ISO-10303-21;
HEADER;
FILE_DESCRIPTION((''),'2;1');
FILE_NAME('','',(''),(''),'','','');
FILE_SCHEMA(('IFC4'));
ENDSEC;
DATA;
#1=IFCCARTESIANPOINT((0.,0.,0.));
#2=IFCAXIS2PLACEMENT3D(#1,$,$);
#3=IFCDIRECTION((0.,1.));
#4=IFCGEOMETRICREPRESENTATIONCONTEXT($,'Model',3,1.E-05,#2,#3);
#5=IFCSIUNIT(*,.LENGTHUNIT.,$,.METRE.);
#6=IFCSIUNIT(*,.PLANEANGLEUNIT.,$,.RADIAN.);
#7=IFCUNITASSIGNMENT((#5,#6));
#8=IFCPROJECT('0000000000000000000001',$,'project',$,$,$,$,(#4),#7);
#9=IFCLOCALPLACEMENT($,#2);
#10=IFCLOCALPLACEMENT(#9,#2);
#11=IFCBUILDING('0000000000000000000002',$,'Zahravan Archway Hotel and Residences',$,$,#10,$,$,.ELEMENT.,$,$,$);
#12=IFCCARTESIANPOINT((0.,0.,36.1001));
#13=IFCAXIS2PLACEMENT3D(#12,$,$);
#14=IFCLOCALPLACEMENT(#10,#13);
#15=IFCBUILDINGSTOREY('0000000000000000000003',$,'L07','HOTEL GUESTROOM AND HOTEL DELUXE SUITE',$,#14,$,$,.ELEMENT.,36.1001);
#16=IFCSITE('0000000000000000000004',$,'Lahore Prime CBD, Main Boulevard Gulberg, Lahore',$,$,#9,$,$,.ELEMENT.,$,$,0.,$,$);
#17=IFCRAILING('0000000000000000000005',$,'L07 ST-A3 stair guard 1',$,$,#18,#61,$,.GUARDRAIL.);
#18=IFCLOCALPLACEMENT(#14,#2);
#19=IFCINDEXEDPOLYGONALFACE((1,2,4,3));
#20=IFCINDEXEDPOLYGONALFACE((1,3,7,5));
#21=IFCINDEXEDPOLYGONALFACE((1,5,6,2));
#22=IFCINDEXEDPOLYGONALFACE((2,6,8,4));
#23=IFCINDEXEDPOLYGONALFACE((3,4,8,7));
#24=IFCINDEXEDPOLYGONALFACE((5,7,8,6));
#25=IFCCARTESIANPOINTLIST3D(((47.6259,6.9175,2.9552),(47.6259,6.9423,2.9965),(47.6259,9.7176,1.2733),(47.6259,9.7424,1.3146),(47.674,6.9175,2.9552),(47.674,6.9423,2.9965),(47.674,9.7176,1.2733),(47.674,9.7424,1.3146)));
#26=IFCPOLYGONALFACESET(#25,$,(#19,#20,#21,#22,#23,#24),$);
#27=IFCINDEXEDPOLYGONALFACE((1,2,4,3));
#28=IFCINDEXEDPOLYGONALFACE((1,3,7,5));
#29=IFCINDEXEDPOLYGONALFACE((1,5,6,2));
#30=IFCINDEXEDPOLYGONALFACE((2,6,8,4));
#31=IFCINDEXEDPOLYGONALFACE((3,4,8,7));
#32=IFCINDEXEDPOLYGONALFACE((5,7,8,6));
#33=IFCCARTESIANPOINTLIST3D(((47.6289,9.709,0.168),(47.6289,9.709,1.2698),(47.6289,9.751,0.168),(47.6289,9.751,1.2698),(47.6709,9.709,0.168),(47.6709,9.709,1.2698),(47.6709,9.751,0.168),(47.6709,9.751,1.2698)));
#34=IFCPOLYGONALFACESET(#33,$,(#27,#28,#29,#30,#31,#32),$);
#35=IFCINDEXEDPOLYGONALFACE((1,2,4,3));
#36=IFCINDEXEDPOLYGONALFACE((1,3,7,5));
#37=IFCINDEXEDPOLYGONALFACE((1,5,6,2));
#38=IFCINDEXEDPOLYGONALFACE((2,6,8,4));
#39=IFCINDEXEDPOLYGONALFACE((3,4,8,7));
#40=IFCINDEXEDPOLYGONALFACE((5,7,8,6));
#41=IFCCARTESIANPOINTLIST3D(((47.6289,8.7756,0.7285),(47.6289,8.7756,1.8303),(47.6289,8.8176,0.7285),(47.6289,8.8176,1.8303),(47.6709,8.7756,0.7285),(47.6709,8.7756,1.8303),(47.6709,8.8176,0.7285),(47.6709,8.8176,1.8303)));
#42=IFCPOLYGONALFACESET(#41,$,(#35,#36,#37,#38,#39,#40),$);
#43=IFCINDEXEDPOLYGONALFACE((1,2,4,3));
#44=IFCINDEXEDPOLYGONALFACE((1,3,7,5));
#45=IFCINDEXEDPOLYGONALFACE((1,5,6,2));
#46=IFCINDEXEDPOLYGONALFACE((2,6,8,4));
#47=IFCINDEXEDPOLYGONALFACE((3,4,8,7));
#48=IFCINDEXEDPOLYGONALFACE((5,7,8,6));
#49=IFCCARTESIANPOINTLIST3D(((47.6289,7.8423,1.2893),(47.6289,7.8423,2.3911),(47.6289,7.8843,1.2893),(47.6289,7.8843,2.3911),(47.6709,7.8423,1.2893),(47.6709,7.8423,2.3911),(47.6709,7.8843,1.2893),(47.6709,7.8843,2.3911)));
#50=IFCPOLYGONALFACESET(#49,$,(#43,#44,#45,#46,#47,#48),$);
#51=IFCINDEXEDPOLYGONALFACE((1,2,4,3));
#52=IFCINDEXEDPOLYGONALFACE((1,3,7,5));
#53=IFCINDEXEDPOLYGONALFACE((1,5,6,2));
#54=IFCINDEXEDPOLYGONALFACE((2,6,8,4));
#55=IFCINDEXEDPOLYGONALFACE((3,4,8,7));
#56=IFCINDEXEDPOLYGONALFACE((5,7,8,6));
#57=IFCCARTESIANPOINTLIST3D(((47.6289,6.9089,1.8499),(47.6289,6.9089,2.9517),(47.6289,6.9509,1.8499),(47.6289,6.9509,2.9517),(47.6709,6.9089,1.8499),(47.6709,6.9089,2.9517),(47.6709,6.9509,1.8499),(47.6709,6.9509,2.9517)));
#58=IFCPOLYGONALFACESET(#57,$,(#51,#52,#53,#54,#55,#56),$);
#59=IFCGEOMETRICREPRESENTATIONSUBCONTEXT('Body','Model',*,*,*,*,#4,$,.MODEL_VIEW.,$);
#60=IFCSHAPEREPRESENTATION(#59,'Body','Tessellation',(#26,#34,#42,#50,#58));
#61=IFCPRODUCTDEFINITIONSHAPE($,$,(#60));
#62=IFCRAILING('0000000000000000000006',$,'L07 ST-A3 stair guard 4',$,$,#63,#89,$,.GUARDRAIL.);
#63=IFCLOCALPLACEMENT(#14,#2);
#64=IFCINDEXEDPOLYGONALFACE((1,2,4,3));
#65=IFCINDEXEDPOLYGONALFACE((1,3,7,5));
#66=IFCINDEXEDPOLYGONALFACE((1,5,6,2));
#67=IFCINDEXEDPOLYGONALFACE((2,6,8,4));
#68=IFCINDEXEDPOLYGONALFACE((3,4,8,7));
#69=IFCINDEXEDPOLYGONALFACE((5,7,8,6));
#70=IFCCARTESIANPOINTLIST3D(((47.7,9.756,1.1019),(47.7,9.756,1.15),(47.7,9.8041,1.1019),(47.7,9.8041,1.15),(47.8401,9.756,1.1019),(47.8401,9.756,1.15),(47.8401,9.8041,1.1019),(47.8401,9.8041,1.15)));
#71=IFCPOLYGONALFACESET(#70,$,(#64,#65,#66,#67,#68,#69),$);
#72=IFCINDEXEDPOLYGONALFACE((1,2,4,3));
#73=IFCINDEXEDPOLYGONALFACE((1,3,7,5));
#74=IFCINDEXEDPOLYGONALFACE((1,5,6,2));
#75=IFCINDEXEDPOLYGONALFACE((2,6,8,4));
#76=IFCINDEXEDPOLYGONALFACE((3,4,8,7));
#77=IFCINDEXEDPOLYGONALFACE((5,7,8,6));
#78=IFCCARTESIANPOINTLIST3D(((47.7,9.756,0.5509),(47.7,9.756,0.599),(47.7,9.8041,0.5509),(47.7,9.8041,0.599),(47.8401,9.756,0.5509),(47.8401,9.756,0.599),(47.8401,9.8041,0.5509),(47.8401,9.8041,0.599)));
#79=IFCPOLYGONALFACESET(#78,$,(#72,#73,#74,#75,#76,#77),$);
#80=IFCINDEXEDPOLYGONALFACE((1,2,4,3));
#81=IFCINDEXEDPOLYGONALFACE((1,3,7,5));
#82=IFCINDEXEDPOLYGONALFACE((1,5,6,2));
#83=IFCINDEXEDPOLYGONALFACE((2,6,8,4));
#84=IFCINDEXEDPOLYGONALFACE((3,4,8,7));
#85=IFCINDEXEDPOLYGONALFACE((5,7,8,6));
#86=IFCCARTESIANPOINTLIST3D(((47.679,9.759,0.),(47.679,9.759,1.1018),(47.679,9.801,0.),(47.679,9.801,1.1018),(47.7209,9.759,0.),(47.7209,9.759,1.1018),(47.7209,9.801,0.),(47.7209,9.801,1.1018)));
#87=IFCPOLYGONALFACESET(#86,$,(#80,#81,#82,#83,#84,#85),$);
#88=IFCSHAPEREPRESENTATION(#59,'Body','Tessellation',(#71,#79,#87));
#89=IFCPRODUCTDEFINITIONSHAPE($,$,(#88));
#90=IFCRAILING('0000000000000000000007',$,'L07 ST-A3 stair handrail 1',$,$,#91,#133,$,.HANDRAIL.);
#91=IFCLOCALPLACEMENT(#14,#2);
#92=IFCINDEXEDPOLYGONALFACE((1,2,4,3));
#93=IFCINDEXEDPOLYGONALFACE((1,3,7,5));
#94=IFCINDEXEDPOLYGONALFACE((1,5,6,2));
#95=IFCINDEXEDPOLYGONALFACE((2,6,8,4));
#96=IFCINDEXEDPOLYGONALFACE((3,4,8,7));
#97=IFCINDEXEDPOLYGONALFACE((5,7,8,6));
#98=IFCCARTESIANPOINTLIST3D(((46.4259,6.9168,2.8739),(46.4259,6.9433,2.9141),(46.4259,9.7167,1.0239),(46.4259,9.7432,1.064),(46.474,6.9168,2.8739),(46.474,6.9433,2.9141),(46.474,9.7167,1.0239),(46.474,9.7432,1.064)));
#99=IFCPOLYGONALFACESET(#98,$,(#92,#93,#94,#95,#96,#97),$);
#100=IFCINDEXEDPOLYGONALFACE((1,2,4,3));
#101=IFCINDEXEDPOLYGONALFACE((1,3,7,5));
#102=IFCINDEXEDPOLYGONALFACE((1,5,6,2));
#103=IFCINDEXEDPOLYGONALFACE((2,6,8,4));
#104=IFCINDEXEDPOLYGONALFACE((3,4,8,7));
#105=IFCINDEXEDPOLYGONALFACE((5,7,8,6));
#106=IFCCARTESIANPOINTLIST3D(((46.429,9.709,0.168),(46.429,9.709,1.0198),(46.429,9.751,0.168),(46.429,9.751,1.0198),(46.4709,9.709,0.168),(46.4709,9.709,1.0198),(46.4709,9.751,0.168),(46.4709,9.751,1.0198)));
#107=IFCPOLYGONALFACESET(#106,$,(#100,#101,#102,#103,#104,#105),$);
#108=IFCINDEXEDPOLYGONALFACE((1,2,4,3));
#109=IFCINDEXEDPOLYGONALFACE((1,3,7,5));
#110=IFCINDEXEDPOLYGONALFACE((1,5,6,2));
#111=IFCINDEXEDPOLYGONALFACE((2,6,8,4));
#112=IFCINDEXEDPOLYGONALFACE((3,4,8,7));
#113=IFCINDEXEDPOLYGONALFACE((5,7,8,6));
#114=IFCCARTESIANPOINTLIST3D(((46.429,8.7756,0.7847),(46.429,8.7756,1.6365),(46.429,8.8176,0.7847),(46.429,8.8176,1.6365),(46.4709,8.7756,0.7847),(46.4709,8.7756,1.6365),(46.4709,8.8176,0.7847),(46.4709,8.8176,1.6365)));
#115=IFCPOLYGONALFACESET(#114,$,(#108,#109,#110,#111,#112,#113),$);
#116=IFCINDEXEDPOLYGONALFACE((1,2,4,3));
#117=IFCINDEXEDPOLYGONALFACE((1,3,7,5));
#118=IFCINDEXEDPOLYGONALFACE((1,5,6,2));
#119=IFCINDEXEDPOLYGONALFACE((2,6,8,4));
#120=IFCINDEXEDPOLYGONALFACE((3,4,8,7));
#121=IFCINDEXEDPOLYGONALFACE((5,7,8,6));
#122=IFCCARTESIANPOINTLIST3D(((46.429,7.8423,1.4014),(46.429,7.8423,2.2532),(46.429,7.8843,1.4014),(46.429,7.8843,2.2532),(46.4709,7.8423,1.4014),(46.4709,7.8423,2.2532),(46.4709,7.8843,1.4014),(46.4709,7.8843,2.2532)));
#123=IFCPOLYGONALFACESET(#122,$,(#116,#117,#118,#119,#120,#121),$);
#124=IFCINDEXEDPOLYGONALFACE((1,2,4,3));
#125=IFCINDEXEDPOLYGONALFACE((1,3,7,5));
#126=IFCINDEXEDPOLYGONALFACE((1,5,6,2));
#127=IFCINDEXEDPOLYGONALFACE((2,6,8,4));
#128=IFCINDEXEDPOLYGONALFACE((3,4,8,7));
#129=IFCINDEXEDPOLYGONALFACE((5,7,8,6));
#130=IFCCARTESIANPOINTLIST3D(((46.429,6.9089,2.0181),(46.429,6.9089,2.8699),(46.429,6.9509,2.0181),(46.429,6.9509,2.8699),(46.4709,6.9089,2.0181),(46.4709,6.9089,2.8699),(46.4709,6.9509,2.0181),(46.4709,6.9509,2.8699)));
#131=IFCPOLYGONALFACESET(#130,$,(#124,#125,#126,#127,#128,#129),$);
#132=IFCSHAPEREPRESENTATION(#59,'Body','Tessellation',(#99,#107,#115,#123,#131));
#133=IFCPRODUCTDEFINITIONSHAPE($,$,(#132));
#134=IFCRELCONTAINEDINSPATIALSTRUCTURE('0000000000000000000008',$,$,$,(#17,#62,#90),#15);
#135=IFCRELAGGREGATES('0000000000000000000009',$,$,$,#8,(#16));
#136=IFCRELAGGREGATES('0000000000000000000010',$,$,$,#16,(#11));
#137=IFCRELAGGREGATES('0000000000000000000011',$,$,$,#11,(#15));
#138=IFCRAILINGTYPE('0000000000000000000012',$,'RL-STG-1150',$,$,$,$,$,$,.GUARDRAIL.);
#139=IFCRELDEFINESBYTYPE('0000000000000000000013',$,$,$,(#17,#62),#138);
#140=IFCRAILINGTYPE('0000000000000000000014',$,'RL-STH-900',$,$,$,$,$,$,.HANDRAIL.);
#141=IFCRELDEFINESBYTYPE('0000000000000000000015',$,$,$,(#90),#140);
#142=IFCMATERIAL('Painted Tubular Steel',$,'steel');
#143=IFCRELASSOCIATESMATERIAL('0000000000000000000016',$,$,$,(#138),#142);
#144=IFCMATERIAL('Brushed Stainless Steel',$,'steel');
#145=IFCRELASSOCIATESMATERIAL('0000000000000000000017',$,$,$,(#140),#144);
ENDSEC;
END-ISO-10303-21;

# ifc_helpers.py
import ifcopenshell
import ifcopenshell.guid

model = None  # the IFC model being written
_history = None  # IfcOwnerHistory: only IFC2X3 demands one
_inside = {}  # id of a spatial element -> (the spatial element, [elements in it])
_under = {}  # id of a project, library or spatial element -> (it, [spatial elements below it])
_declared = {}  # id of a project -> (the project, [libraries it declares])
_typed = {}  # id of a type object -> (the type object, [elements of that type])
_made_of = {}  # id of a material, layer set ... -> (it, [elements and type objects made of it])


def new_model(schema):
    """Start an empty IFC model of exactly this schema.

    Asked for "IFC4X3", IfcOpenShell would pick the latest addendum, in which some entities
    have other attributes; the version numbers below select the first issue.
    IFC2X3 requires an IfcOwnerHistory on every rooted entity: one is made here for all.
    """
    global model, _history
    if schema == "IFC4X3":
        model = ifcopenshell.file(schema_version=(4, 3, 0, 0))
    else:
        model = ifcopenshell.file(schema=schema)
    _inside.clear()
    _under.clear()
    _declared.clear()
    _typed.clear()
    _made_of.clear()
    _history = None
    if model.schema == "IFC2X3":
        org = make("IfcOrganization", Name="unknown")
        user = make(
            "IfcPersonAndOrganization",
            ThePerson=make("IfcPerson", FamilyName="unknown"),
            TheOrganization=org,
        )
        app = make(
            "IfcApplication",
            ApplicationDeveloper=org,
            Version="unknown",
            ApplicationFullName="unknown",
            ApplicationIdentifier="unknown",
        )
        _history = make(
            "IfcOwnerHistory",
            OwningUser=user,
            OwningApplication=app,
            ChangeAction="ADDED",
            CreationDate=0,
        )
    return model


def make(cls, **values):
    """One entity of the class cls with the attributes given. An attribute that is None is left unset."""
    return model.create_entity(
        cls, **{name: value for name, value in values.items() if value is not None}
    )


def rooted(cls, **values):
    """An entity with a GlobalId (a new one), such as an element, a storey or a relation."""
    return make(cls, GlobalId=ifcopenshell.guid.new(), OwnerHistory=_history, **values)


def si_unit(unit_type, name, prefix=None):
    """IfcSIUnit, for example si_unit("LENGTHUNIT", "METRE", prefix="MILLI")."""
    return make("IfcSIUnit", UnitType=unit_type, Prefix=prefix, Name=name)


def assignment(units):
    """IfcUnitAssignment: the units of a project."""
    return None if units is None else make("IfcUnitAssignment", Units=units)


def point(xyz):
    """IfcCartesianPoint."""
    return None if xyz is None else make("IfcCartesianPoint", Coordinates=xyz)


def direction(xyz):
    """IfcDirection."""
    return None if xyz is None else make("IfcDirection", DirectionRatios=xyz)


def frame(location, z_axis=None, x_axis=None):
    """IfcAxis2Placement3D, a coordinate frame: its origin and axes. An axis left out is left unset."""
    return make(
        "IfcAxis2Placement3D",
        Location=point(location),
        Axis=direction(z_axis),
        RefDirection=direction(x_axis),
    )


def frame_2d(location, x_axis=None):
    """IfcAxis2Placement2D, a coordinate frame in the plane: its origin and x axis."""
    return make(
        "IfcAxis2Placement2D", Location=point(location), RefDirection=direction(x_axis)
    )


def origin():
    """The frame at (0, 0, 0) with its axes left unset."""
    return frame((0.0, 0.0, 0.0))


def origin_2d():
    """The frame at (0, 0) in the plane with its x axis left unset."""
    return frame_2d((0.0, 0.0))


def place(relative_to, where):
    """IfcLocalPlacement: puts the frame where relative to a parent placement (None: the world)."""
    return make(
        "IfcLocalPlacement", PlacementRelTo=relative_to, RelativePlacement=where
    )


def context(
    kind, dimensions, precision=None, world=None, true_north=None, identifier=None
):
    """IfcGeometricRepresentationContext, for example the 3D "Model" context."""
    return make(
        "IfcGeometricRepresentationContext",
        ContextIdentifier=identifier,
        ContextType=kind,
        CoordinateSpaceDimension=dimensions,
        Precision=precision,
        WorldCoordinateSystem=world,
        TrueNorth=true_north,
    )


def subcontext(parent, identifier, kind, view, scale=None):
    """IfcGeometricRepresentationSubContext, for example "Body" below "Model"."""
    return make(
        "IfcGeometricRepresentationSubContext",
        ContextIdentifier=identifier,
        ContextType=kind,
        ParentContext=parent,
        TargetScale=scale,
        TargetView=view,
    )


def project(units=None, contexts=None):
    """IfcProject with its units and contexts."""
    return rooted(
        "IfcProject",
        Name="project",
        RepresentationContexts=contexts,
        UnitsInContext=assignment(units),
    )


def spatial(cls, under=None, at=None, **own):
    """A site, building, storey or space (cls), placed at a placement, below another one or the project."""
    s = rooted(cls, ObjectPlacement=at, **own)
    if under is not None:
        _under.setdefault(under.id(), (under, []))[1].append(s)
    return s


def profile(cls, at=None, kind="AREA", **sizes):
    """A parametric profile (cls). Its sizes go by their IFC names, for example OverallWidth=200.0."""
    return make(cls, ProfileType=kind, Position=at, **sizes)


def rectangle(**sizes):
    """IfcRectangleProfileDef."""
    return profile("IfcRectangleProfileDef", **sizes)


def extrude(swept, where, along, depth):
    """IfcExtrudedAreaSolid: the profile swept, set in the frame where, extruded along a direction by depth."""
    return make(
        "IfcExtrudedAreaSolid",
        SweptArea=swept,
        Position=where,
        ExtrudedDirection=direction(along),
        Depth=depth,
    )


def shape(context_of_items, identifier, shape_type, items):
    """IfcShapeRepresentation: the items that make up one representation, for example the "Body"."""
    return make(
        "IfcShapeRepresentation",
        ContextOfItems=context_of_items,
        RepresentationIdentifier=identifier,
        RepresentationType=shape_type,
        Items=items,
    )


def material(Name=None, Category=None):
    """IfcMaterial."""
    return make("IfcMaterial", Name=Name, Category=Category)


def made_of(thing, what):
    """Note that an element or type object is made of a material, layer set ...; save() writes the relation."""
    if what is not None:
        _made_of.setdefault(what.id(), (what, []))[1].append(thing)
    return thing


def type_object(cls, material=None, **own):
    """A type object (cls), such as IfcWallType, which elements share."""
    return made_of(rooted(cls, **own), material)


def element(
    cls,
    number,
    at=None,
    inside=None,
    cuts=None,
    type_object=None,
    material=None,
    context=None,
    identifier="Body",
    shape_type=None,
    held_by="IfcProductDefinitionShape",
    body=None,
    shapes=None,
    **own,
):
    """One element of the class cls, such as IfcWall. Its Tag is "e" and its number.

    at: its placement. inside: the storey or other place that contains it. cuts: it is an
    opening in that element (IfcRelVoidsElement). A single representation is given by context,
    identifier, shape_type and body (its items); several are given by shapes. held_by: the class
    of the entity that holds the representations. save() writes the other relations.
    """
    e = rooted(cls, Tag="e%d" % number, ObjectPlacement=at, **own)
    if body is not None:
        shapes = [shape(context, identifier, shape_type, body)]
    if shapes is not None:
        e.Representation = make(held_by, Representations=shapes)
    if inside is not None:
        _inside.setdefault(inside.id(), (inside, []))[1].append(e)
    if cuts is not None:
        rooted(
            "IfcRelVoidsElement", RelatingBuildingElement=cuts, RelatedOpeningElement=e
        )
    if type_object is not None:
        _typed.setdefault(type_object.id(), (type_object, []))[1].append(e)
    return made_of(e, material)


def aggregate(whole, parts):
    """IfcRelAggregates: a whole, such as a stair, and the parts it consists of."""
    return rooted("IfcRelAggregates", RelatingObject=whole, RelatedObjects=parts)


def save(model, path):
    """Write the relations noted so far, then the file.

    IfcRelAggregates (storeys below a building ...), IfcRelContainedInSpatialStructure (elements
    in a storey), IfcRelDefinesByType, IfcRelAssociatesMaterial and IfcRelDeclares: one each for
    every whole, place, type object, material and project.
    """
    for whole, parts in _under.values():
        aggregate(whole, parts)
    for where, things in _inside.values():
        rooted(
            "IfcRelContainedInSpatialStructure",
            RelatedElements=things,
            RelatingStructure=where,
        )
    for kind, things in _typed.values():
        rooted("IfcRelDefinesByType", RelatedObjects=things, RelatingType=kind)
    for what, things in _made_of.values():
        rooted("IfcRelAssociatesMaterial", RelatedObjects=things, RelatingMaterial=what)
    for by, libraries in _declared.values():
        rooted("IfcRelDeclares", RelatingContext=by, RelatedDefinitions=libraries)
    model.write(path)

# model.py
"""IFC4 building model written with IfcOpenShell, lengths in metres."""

from ifc_helpers import new_model, si_unit, direction, frame, origin, origin_2d, place, context, subcontext, project, spatial, rectangle, extrude, material, type_object, element, save


model = new_model("IFC4")

# Units and contexts
model_context = context("Model", 3, precision=1e-05, world=origin(), true_north=direction((0.0, 1.0)))
body_context = subcontext(model_context, "Body", "Model", "MODEL_VIEW")
ifc_project = project(units=[si_unit("LENGTHUNIT", "METRE"), si_unit("PLANEANGLEUNIT", "RADIAN")], contexts=[model_context])

# Site, building, storey
site_placement = place(None, origin())
site = spatial("IfcSite", under=ifc_project, at=site_placement, Name="Lahore Prime CBD, Main Boulevard Gulberg, Lahore", CompositionType="ELEMENT", RefElevation=0.0)
building_placement = place(site_placement, origin())
building = spatial("IfcBuilding", under=site, at=building_placement, Name="Zahravan Archway Hotel and Residences", CompositionType="ELEMENT")
storey_placement = place(building_placement, frame((0.0, 0.0, 36.1001)))
storey = spatial("IfcBuildingStorey", under=building, at=storey_placement, Name="L07", Description="HOTEL GUESTROOM AND HOTEL DELUXE SUITE", CompositionType="ELEMENT", Elevation=36.1001)

# Railings
ifc_material_1 = material(Name="Painted Tubular Steel", Category="steel")
railing_type_1 = type_object("IfcRailingType", Name="RL-STG-1150", PredefinedType="GUARDRAIL", material=ifc_material_1)
railing_1_placement = place(storey_placement, frame((47.6499, 9.73, 0.168)))
element("IfcRailing", 1, at=railing_1_placement, inside=storey, type_object=railing_type_1, Name="L07 ST-A3 stair guard 1", PredefinedType="GUARDRAIL", context=body_context, shape_type="SweptSolid", body=[
    extrude(rectangle(XDim=0.0481, YDim=0.0481, at=origin_2d()), frame((0.0, 0.0, 1.126), z_axis=(0.0, -0.857242, 0.514913), x_axis=(1.0, 0.0, 0.0)), (0.0, 0.0, 1.0), 3.2664),
    extrude(rectangle(XDim=0.042, YDim=0.042, at=origin_2d()), origin(), (0.0, 0.0, 1.0), 1.1018),
    extrude(rectangle(XDim=0.042, YDim=0.042, at=origin_2d()), frame((0.0, -0.9333, 0.5605)), (0.0, 0.0, 1.0), 1.1018),
    extrude(rectangle(XDim=0.042, YDim=0.042, at=origin_2d()), frame((0.0, -1.8667, 1.1213)), (0.0, 0.0, 1.0), 1.1018),
    extrude(rectangle(XDim=0.042, YDim=0.042, at=origin_2d()), frame((0.0, -2.8, 1.6819)), (0.0, 0.0, 1.0), 1.1018),
])
railing_2_placement = place(storey_placement, frame((47.7, 9.78, 0.0)))
element("IfcRailing", 2, at=railing_2_placement, inside=storey, type_object=railing_type_1, Name="L07 ST-A3 stair guard 4", PredefinedType="GUARDRAIL", context=body_context, shape_type="SweptSolid", body=[
    extrude(rectangle(XDim=0.0481, YDim=0.0481, at=origin_2d()), frame((0.0, 0.0, 1.126), z_axis=(1.0, 0.0, 0.0), x_axis=(0.0, 1.0, 0.0)), (0.0, 0.0, 1.0), 0.1401),
    extrude(rectangle(XDim=0.0481, YDim=0.0481, at=origin_2d()), frame((0.0, 0.0, 0.575), z_axis=(1.0, 0.0, 0.0), x_axis=(0.0, 1.0, 0.0)), (0.0, 0.0, 1.0), 0.1401),
    extrude(rectangle(XDim=0.042, YDim=0.042, at=origin_2d()), origin(), (0.0, 0.0, 1.0), 1.1018),
])
ifc_material_2 = material(Name="Brushed Stainless Steel", Category="steel")
railing_type_2 = type_object("IfcRailingType", Name="RL-STH-900", PredefinedType="HANDRAIL", material=ifc_material_2)
railing_3_placement = place(storey_placement, frame((46.45, 9.73, 0.168)))
element("IfcRailing", 3, at=railing_3_placement, inside=storey, type_object=railing_type_2, Name="L07 ST-A3 stair handrail 1", PredefinedType="HANDRAIL", context=body_context, shape_type="SweptSolid", body=[
    extrude(rectangle(XDim=0.0481, YDim=0.0481, at=origin_2d()), frame((0.0, 0.0, 0.876), z_axis=(0.0, -0.834326, 0.551271), x_axis=(1.0, 0.0, 0.0)), (0.0, 0.0, 1.0), 3.356),
    extrude(rectangle(XDim=0.042, YDim=0.042, at=origin_2d()), origin(), (0.0, 0.0, 1.0), 0.8518),
    extrude(rectangle(XDim=0.042, YDim=0.042, at=origin_2d()), frame((0.0, -0.9333, 0.6167)), (0.0, 0.0, 1.0), 0.8518),
    extrude(rectangle(XDim=0.042, YDim=0.042, at=origin_2d()), frame((0.0, -1.8667, 1.2334)), (0.0, 0.0, 1.0), 0.8518),
    extrude(rectangle(XDim=0.042, YDim=0.042, at=origin_2d()), frame((0.0, -2.8, 1.8501)), (0.0, 0.0, 1.0), 0.8518),
])

save(model, "model.ifc")
